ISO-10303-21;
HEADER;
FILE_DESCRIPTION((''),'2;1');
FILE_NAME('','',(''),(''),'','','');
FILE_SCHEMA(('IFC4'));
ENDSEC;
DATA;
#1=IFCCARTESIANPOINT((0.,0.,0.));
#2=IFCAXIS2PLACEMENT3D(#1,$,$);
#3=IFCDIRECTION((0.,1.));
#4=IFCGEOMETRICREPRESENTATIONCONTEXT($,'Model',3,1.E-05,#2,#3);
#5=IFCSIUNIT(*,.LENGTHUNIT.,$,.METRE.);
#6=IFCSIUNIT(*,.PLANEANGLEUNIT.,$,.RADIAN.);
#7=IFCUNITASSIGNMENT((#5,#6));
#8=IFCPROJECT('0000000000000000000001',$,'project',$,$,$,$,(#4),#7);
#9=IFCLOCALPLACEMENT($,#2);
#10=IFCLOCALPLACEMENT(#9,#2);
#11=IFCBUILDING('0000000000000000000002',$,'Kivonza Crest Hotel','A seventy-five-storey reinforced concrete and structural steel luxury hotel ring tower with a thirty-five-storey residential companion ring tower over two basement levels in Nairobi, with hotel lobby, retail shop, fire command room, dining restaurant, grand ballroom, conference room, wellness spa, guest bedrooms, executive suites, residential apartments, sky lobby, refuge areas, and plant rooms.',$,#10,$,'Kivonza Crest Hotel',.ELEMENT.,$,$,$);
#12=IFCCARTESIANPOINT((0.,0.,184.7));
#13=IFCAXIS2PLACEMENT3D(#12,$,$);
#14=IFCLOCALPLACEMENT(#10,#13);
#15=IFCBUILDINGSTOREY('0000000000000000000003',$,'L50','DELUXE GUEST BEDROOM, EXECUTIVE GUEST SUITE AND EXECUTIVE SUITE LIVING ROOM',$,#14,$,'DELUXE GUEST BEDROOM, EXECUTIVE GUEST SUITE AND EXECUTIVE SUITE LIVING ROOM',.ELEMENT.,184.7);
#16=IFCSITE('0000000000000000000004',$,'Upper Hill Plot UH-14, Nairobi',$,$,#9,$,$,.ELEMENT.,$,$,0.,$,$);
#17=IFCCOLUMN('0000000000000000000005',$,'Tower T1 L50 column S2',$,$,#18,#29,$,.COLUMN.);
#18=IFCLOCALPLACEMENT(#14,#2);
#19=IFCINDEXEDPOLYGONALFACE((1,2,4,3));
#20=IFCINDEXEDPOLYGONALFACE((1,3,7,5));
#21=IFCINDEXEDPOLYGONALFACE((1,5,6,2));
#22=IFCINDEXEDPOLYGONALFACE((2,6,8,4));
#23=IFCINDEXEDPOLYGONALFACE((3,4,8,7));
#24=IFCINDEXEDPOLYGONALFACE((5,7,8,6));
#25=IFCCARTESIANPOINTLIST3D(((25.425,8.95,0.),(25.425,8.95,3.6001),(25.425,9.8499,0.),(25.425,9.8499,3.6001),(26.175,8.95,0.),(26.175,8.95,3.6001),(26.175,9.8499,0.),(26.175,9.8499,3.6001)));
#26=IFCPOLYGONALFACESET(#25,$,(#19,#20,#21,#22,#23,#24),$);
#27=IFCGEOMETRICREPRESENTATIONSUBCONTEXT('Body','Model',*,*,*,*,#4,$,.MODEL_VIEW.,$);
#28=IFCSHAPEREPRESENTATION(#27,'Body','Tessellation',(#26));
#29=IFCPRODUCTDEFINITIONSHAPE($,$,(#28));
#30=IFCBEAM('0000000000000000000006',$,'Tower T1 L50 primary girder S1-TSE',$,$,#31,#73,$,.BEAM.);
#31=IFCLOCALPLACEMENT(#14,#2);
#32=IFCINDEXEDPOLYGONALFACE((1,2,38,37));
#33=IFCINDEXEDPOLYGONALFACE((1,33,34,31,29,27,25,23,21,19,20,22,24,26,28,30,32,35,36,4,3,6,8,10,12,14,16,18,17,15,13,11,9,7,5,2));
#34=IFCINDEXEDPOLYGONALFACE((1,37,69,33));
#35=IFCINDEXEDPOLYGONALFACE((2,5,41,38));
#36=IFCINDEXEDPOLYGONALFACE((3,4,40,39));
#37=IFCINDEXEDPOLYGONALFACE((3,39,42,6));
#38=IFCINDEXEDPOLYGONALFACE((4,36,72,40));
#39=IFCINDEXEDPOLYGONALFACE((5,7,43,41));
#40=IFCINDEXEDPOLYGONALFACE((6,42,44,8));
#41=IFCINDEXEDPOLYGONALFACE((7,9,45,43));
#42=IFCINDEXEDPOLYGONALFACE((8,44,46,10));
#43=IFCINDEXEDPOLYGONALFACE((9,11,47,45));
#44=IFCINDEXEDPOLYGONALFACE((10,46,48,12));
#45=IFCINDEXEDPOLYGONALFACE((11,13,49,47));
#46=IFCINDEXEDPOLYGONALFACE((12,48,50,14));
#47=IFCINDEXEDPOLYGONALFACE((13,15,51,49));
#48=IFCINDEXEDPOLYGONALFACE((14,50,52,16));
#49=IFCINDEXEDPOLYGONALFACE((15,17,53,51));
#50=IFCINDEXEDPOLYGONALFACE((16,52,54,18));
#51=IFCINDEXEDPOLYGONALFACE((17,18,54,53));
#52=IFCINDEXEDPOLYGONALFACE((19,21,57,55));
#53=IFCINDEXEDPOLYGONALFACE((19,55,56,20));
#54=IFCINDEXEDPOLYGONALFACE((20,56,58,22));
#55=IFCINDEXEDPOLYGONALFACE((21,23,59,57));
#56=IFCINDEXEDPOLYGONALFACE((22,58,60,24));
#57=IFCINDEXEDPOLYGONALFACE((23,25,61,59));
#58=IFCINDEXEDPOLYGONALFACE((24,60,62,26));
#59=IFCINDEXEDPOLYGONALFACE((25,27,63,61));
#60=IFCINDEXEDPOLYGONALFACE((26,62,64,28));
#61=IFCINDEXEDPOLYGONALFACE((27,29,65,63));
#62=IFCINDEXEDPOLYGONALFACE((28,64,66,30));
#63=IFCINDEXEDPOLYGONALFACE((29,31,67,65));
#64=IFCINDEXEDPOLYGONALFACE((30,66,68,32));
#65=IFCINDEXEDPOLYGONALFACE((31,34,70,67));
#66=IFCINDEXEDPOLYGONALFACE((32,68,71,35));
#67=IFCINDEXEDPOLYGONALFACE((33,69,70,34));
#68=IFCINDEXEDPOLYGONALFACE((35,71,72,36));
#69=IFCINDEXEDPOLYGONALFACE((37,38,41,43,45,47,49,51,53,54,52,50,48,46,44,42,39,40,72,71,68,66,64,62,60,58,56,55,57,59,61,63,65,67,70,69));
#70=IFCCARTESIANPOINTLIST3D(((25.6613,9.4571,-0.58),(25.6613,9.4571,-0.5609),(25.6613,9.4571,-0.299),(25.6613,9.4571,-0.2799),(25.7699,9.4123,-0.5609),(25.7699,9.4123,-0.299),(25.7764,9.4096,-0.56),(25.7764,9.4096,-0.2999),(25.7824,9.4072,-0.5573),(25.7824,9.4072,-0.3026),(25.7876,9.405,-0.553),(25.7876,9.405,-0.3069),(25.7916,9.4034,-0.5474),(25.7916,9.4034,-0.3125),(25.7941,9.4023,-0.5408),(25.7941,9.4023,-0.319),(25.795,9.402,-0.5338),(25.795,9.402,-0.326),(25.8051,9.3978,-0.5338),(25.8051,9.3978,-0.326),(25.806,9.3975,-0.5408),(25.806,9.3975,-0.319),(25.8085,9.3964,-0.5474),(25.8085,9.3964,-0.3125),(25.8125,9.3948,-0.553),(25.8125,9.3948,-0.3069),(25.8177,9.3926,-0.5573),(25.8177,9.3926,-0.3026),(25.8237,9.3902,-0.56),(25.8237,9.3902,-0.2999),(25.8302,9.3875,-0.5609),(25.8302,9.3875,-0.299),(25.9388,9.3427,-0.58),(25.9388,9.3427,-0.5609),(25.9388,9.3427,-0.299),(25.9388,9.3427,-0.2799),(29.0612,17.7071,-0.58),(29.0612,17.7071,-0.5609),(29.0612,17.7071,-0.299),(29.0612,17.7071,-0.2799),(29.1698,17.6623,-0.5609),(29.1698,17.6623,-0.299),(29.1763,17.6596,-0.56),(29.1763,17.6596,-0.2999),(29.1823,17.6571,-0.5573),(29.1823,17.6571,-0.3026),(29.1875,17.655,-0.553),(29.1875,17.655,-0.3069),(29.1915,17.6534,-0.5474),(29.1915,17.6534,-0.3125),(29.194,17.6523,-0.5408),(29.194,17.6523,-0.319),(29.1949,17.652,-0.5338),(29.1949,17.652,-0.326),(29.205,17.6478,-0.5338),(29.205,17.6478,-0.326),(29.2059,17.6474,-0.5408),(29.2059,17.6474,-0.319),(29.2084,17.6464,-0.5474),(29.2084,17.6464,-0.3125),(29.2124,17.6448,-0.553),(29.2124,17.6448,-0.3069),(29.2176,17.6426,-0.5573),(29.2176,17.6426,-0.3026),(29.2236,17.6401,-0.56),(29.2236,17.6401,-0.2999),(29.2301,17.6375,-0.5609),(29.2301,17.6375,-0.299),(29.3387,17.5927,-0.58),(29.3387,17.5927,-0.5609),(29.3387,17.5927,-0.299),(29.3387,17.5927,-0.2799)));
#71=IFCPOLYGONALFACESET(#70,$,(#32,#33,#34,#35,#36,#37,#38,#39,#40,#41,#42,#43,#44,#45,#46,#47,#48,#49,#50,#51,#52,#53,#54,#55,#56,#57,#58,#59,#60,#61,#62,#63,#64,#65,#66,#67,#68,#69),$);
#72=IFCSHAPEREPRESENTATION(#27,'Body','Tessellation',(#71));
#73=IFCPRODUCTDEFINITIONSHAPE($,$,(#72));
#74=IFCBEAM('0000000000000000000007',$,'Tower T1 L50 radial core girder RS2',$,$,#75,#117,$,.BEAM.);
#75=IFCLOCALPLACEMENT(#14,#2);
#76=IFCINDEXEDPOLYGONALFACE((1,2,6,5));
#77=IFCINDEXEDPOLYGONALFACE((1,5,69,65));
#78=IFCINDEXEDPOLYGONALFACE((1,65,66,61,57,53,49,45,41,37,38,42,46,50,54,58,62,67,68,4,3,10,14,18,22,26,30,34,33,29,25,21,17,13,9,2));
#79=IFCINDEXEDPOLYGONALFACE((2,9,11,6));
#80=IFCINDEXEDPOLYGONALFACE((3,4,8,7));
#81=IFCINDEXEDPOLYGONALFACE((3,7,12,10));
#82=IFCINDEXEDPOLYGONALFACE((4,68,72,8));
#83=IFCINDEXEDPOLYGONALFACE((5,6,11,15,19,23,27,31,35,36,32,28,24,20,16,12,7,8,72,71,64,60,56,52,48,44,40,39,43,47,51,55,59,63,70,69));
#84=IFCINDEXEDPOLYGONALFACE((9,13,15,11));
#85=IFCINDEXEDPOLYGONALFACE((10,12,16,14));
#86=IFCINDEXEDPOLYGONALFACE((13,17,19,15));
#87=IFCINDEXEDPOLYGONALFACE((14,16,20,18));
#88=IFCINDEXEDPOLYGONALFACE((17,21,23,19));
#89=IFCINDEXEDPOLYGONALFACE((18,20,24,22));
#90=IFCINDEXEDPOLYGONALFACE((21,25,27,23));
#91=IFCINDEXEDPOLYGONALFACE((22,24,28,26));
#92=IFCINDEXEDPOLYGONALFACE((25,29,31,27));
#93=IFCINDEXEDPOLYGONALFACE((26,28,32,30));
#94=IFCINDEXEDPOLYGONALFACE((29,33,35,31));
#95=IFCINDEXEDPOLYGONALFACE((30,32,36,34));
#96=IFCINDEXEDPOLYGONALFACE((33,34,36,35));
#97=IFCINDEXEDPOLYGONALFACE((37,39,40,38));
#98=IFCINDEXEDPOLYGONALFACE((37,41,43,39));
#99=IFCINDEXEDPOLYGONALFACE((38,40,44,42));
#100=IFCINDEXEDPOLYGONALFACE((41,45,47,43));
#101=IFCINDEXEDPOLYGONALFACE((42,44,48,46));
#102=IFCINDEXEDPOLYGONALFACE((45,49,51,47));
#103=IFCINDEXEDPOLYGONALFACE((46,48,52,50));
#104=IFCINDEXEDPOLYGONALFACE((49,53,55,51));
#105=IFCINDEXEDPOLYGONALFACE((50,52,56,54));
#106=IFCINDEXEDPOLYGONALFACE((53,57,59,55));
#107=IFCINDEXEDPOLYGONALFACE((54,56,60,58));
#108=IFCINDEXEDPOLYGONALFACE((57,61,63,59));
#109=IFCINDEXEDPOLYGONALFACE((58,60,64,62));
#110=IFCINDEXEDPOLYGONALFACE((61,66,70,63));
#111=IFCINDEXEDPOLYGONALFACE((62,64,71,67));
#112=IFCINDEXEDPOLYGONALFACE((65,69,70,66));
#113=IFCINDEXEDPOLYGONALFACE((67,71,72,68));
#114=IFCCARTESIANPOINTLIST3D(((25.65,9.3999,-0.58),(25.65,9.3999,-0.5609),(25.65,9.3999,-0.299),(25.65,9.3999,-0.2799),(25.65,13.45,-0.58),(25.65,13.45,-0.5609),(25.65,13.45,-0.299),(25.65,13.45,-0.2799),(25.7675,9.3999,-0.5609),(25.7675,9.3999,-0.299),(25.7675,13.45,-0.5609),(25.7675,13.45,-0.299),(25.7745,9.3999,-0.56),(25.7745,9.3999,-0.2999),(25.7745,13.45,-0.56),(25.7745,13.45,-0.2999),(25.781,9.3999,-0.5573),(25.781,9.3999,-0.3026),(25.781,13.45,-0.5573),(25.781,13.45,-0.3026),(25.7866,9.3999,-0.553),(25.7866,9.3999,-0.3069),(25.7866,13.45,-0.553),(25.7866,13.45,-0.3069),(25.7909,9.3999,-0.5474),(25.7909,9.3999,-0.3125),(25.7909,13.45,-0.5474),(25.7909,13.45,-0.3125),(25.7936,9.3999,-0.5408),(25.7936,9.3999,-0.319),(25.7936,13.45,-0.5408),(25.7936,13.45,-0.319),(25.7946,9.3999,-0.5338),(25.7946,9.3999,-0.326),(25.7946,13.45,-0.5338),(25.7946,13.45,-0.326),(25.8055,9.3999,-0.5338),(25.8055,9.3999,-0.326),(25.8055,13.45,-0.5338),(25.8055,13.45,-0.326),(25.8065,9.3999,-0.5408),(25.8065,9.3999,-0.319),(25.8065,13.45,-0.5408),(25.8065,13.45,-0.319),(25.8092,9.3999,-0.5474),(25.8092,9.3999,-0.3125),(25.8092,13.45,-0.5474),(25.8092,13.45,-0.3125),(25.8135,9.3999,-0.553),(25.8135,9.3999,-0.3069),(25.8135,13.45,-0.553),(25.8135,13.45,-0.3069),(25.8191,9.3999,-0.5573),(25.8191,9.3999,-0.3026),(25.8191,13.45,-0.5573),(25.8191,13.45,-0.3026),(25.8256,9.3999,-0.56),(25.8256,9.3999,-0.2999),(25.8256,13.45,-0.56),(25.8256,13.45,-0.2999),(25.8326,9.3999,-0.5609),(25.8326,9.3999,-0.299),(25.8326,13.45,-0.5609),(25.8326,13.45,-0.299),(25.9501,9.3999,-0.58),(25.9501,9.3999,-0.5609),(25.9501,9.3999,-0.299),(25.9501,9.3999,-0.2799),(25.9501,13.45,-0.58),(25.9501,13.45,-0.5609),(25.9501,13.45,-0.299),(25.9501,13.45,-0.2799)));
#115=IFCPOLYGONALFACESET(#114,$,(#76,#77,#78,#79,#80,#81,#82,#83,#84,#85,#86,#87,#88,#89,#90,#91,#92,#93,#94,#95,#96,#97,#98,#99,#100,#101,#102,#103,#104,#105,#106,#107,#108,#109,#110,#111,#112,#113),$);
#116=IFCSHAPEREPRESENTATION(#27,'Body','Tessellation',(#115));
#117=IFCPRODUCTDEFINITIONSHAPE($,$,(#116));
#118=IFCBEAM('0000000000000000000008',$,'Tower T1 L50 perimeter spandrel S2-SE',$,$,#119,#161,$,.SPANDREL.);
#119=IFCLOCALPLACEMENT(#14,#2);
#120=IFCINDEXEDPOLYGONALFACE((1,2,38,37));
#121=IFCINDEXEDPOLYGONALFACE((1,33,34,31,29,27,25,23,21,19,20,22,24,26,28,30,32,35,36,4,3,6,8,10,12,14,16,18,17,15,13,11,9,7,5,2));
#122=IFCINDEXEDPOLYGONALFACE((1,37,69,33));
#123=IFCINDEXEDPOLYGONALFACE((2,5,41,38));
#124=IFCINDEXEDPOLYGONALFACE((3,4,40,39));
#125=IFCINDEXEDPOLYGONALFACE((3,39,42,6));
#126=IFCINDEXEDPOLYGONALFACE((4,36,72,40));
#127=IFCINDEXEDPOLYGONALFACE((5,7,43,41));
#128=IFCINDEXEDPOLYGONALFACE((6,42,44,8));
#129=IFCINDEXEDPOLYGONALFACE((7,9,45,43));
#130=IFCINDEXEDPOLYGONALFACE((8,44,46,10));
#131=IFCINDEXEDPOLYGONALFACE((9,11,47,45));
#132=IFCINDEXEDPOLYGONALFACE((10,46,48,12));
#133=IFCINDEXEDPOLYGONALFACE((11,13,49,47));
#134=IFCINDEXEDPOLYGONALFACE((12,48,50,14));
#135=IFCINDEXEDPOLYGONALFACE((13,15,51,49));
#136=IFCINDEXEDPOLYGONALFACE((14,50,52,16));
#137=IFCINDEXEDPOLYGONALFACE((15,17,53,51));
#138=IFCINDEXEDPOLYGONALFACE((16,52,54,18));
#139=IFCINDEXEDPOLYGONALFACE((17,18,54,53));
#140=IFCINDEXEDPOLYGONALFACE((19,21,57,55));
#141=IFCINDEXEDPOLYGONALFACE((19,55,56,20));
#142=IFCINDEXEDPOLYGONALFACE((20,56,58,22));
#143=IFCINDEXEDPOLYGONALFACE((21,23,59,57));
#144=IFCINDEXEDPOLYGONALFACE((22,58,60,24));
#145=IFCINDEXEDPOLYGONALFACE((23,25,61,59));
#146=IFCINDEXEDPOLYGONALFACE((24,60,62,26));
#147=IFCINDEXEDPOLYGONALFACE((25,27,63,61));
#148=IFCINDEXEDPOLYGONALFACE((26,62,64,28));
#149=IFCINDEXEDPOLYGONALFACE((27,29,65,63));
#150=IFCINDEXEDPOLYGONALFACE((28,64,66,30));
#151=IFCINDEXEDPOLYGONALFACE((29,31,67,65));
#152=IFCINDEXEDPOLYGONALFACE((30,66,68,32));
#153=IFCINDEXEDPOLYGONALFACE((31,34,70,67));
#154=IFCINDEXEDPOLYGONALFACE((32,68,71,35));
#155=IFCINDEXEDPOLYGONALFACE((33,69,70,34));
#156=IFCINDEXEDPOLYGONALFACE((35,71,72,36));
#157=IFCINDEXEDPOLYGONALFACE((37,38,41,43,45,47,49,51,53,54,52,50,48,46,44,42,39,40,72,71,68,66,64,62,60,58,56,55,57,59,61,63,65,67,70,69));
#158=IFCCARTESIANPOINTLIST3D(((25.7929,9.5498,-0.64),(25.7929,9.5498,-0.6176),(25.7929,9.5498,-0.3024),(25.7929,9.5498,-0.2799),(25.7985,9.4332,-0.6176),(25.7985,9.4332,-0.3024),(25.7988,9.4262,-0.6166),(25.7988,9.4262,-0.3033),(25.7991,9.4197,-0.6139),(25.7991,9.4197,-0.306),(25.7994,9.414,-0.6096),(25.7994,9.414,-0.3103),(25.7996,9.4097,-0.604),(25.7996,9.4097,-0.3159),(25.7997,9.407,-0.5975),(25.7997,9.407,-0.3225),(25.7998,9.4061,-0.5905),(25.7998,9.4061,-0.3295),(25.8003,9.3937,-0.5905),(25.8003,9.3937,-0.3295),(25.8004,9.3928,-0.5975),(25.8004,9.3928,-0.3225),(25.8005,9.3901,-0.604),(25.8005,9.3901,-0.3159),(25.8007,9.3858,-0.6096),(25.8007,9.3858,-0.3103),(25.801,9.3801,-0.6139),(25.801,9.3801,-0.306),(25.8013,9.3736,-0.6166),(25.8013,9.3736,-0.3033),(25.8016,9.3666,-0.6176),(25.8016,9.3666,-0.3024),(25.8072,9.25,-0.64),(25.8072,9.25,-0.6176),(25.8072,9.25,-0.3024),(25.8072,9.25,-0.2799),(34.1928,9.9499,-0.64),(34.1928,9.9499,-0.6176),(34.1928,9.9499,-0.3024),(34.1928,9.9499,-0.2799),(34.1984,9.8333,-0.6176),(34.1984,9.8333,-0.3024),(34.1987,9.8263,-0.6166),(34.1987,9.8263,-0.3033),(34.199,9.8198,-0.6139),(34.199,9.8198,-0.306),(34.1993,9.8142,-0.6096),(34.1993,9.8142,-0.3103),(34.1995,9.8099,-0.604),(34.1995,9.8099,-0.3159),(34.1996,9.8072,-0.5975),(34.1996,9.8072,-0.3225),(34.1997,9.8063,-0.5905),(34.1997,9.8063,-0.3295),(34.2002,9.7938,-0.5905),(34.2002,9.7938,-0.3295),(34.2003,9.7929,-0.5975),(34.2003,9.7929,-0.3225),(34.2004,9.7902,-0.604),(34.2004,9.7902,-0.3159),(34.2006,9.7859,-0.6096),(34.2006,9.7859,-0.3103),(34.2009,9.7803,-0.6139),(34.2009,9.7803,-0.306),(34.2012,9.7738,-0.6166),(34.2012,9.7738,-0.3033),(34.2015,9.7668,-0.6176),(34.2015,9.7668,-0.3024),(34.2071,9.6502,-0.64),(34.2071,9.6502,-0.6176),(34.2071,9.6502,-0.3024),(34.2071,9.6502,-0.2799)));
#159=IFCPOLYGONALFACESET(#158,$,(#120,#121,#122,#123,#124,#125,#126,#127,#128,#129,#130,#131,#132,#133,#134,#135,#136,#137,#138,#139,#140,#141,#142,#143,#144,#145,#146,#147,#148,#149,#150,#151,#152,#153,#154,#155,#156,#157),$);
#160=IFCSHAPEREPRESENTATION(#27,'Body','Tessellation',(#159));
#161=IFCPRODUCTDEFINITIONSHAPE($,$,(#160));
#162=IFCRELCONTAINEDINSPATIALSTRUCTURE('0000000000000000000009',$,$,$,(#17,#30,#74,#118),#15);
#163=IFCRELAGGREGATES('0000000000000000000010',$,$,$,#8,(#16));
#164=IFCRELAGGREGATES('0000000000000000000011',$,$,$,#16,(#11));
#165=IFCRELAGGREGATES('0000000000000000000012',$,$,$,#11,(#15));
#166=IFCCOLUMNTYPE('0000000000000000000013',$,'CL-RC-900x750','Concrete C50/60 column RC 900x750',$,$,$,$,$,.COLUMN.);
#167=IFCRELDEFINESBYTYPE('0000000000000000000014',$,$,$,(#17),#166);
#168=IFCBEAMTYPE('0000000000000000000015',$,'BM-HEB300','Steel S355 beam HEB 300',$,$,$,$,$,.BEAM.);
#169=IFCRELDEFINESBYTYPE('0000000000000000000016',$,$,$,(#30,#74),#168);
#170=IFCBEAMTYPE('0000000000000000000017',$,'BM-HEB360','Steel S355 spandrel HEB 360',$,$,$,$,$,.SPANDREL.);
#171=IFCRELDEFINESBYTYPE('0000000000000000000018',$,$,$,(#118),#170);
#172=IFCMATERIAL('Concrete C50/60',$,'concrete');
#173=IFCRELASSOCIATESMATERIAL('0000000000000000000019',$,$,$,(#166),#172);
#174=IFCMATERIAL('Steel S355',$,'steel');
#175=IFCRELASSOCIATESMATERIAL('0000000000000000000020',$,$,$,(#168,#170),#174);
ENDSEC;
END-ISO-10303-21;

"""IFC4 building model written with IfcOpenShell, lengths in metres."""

from ifc_helpers import new_model, si_unit, direction, frame, origin, origin_2d, place, context, subcontext, project, spatial, rectangle, i_section, extrude, material, material_profile, profile_set, type_object, element, save


model = new_model("IFC4")

# Units and contexts
model_context = context("Model", 3, precision=1e-05, world=origin(), true_north=direction((0.0, 1.0)))
body_context = subcontext(model_context, "Body", "Model", "MODEL_VIEW")
ifc_project = project(units=[si_unit("LENGTHUNIT", "METRE"), si_unit("PLANEANGLEUNIT", "RADIAN")], contexts=[model_context])

# Site, building, storey
site_placement = place(None, origin())
site = spatial("IfcSite", under=ifc_project, at=site_placement, Name="Upper Hill Plot UH-14, Nairobi", CompositionType="ELEMENT", RefElevation=0.0)
building_placement = place(site_placement, origin())
building = spatial("IfcBuilding", under=site, at=building_placement, Name="Kivonza Crest Hotel", Description="A seventy-five-storey reinforced concrete and structural steel luxury hotel ring tower with a thirty-five-storey residential companion ring tower over two basement levels in Nairobi, with hotel lobby, retail shop, fire command room, dining restaurant, grand ballroom, conference room, wellness spa, guest bedrooms, executive suites, residential apartments, sky lobby, refuge areas, and plant rooms.", LongName="Kivonza Crest Hotel", CompositionType="ELEMENT")
storey_placement = place(building_placement, frame((0.0, 0.0, 184.7)))
storey = spatial("IfcBuildingStorey", under=building, at=storey_placement, Name="L50", Description="DELUXE GUEST BEDROOM, EXECUTIVE GUEST SUITE AND EXECUTIVE SUITE LIVING ROOM", LongName="DELUXE GUEST BEDROOM, EXECUTIVE GUEST SUITE AND EXECUTIVE SUITE LIVING ROOM", CompositionType="ELEMENT", Elevation=184.7)

# Column
ifc_material_1 = material(Name="Concrete C50/60", Category="concrete")
ifc_material_profile_1 = material_profile(ifc_material_1, rectangle(XDim=0.75, YDim=0.8999, at=origin_2d()), Name="RC 900x750")
ifc_profile_set_1 = profile_set([ifc_material_profile_1], Name="Concrete C50/60")
column_type = type_object("IfcColumnType", Name="CL-RC-900x750", Description="Concrete C50/60 column RC 900x750", PredefinedType="COLUMN", material=ifc_profile_set_1)
column_placement = place(storey_placement, frame((25.8, 9.3999, 0.0), z_axis=(0.0, 0.0, 1.0), x_axis=(1.0, 0.0, 0.0)))
element("IfcColumn", 1, at=column_placement, inside=storey, type_object=column_type, Name="Tower T1 L50 column S2", PredefinedType="COLUMN", context=body_context, shape_type="SweptSolid", body=[
    extrude(rectangle(XDim=0.75, YDim=0.8999, at=origin_2d()), origin(), (0.0, 0.0, 1.0), 3.6001),
])

# Beams
ifc_material_2 = material(Name="Steel S355", Category="steel")
ifc_material_profile_2 = material_profile(ifc_material_2, i_section(OverallWidth=0.3, OverallDepth=0.3, WebThickness=0.011, FlangeThickness=0.019, FilletRadius=0.0271, at=origin_2d()), Name="HEB 300")
ifc_profile_set_2 = profile_set([ifc_material_profile_2], Name="Steel S355")
beam_type_1 = type_object("IfcBeamType", Name="BM-HEB300", Description="Steel S355 beam HEB 300", PredefinedType="BEAM", material=ifc_profile_set_2)
beam_1_placement = place(storey_placement, frame((25.8, 9.3999, -0.4299), z_axis=(0.381022, 0.924566, 0.0), x_axis=(-0.924566, 0.381022, 0.0)))
element("IfcBeam", 2, at=beam_1_placement, inside=storey, type_object=beam_type_1, Name="Tower T1 L50 primary girder S1-TSE", PredefinedType="BEAM", context=body_context, shape_type="SweptSolid", body=[
    extrude(i_section(OverallWidth=0.3, OverallDepth=0.3, WebThickness=0.011, FlangeThickness=0.019, FilletRadius=0.0271, at=origin_2d()), origin(), (0.0, 0.0, 1.0), 8.9231),
])
beam_2_placement = place(storey_placement, frame((25.8, 9.3999, -0.4299), z_axis=(0.0, 1.0, 0.0), x_axis=(-1.0, 0.0, 0.0)))
element("IfcBeam", 3, at=beam_2_placement, inside=storey, type_object=beam_type_1, Name="Tower T1 L50 radial core girder RS2", PredefinedType="BEAM", context=body_context, shape_type="SweptSolid", body=[
    extrude(i_section(OverallWidth=0.3, OverallDepth=0.3, WebThickness=0.011, FlangeThickness=0.019, FilletRadius=0.0271, at=origin_2d()), origin(), (0.0, 0.0, 1.0), 4.05),
])
ifc_material_profile_3 = material_profile(ifc_material_2, i_section(OverallWidth=0.3, OverallDepth=0.3601, WebThickness=0.0125, FlangeThickness=0.0225, FilletRadius=0.0271, at=origin_2d()), Name="HEB 360")
ifc_profile_set_3 = profile_set([ifc_material_profile_3], Name="Steel S355")
beam_type_2 = type_object("IfcBeamType", Name="BM-HEB360", Description="Steel S355 spandrel HEB 360", PredefinedType="SPANDREL", material=ifc_profile_set_3)
beam_3_placement = place(storey_placement, frame((25.8, 9.3999, -0.46), z_axis=(0.998867, 0.047583, 0.0), x_axis=(-0.047583, 0.998867, 0.0)))
element("IfcBeam", 4, at=beam_3_placement, inside=storey, type_object=beam_type_2, Name="Tower T1 L50 perimeter spandrel S2-SE", PredefinedType="SPANDREL", context=body_context, shape_type="SweptSolid", body=[
    extrude(i_section(OverallWidth=0.3, OverallDepth=0.3601, WebThickness=0.0125, FlangeThickness=0.0225, FilletRadius=0.0271, at=origin_2d()), origin(), (0.0, 0.0, 1.0), 8.4094),
])

save(model, "model.ifc")
